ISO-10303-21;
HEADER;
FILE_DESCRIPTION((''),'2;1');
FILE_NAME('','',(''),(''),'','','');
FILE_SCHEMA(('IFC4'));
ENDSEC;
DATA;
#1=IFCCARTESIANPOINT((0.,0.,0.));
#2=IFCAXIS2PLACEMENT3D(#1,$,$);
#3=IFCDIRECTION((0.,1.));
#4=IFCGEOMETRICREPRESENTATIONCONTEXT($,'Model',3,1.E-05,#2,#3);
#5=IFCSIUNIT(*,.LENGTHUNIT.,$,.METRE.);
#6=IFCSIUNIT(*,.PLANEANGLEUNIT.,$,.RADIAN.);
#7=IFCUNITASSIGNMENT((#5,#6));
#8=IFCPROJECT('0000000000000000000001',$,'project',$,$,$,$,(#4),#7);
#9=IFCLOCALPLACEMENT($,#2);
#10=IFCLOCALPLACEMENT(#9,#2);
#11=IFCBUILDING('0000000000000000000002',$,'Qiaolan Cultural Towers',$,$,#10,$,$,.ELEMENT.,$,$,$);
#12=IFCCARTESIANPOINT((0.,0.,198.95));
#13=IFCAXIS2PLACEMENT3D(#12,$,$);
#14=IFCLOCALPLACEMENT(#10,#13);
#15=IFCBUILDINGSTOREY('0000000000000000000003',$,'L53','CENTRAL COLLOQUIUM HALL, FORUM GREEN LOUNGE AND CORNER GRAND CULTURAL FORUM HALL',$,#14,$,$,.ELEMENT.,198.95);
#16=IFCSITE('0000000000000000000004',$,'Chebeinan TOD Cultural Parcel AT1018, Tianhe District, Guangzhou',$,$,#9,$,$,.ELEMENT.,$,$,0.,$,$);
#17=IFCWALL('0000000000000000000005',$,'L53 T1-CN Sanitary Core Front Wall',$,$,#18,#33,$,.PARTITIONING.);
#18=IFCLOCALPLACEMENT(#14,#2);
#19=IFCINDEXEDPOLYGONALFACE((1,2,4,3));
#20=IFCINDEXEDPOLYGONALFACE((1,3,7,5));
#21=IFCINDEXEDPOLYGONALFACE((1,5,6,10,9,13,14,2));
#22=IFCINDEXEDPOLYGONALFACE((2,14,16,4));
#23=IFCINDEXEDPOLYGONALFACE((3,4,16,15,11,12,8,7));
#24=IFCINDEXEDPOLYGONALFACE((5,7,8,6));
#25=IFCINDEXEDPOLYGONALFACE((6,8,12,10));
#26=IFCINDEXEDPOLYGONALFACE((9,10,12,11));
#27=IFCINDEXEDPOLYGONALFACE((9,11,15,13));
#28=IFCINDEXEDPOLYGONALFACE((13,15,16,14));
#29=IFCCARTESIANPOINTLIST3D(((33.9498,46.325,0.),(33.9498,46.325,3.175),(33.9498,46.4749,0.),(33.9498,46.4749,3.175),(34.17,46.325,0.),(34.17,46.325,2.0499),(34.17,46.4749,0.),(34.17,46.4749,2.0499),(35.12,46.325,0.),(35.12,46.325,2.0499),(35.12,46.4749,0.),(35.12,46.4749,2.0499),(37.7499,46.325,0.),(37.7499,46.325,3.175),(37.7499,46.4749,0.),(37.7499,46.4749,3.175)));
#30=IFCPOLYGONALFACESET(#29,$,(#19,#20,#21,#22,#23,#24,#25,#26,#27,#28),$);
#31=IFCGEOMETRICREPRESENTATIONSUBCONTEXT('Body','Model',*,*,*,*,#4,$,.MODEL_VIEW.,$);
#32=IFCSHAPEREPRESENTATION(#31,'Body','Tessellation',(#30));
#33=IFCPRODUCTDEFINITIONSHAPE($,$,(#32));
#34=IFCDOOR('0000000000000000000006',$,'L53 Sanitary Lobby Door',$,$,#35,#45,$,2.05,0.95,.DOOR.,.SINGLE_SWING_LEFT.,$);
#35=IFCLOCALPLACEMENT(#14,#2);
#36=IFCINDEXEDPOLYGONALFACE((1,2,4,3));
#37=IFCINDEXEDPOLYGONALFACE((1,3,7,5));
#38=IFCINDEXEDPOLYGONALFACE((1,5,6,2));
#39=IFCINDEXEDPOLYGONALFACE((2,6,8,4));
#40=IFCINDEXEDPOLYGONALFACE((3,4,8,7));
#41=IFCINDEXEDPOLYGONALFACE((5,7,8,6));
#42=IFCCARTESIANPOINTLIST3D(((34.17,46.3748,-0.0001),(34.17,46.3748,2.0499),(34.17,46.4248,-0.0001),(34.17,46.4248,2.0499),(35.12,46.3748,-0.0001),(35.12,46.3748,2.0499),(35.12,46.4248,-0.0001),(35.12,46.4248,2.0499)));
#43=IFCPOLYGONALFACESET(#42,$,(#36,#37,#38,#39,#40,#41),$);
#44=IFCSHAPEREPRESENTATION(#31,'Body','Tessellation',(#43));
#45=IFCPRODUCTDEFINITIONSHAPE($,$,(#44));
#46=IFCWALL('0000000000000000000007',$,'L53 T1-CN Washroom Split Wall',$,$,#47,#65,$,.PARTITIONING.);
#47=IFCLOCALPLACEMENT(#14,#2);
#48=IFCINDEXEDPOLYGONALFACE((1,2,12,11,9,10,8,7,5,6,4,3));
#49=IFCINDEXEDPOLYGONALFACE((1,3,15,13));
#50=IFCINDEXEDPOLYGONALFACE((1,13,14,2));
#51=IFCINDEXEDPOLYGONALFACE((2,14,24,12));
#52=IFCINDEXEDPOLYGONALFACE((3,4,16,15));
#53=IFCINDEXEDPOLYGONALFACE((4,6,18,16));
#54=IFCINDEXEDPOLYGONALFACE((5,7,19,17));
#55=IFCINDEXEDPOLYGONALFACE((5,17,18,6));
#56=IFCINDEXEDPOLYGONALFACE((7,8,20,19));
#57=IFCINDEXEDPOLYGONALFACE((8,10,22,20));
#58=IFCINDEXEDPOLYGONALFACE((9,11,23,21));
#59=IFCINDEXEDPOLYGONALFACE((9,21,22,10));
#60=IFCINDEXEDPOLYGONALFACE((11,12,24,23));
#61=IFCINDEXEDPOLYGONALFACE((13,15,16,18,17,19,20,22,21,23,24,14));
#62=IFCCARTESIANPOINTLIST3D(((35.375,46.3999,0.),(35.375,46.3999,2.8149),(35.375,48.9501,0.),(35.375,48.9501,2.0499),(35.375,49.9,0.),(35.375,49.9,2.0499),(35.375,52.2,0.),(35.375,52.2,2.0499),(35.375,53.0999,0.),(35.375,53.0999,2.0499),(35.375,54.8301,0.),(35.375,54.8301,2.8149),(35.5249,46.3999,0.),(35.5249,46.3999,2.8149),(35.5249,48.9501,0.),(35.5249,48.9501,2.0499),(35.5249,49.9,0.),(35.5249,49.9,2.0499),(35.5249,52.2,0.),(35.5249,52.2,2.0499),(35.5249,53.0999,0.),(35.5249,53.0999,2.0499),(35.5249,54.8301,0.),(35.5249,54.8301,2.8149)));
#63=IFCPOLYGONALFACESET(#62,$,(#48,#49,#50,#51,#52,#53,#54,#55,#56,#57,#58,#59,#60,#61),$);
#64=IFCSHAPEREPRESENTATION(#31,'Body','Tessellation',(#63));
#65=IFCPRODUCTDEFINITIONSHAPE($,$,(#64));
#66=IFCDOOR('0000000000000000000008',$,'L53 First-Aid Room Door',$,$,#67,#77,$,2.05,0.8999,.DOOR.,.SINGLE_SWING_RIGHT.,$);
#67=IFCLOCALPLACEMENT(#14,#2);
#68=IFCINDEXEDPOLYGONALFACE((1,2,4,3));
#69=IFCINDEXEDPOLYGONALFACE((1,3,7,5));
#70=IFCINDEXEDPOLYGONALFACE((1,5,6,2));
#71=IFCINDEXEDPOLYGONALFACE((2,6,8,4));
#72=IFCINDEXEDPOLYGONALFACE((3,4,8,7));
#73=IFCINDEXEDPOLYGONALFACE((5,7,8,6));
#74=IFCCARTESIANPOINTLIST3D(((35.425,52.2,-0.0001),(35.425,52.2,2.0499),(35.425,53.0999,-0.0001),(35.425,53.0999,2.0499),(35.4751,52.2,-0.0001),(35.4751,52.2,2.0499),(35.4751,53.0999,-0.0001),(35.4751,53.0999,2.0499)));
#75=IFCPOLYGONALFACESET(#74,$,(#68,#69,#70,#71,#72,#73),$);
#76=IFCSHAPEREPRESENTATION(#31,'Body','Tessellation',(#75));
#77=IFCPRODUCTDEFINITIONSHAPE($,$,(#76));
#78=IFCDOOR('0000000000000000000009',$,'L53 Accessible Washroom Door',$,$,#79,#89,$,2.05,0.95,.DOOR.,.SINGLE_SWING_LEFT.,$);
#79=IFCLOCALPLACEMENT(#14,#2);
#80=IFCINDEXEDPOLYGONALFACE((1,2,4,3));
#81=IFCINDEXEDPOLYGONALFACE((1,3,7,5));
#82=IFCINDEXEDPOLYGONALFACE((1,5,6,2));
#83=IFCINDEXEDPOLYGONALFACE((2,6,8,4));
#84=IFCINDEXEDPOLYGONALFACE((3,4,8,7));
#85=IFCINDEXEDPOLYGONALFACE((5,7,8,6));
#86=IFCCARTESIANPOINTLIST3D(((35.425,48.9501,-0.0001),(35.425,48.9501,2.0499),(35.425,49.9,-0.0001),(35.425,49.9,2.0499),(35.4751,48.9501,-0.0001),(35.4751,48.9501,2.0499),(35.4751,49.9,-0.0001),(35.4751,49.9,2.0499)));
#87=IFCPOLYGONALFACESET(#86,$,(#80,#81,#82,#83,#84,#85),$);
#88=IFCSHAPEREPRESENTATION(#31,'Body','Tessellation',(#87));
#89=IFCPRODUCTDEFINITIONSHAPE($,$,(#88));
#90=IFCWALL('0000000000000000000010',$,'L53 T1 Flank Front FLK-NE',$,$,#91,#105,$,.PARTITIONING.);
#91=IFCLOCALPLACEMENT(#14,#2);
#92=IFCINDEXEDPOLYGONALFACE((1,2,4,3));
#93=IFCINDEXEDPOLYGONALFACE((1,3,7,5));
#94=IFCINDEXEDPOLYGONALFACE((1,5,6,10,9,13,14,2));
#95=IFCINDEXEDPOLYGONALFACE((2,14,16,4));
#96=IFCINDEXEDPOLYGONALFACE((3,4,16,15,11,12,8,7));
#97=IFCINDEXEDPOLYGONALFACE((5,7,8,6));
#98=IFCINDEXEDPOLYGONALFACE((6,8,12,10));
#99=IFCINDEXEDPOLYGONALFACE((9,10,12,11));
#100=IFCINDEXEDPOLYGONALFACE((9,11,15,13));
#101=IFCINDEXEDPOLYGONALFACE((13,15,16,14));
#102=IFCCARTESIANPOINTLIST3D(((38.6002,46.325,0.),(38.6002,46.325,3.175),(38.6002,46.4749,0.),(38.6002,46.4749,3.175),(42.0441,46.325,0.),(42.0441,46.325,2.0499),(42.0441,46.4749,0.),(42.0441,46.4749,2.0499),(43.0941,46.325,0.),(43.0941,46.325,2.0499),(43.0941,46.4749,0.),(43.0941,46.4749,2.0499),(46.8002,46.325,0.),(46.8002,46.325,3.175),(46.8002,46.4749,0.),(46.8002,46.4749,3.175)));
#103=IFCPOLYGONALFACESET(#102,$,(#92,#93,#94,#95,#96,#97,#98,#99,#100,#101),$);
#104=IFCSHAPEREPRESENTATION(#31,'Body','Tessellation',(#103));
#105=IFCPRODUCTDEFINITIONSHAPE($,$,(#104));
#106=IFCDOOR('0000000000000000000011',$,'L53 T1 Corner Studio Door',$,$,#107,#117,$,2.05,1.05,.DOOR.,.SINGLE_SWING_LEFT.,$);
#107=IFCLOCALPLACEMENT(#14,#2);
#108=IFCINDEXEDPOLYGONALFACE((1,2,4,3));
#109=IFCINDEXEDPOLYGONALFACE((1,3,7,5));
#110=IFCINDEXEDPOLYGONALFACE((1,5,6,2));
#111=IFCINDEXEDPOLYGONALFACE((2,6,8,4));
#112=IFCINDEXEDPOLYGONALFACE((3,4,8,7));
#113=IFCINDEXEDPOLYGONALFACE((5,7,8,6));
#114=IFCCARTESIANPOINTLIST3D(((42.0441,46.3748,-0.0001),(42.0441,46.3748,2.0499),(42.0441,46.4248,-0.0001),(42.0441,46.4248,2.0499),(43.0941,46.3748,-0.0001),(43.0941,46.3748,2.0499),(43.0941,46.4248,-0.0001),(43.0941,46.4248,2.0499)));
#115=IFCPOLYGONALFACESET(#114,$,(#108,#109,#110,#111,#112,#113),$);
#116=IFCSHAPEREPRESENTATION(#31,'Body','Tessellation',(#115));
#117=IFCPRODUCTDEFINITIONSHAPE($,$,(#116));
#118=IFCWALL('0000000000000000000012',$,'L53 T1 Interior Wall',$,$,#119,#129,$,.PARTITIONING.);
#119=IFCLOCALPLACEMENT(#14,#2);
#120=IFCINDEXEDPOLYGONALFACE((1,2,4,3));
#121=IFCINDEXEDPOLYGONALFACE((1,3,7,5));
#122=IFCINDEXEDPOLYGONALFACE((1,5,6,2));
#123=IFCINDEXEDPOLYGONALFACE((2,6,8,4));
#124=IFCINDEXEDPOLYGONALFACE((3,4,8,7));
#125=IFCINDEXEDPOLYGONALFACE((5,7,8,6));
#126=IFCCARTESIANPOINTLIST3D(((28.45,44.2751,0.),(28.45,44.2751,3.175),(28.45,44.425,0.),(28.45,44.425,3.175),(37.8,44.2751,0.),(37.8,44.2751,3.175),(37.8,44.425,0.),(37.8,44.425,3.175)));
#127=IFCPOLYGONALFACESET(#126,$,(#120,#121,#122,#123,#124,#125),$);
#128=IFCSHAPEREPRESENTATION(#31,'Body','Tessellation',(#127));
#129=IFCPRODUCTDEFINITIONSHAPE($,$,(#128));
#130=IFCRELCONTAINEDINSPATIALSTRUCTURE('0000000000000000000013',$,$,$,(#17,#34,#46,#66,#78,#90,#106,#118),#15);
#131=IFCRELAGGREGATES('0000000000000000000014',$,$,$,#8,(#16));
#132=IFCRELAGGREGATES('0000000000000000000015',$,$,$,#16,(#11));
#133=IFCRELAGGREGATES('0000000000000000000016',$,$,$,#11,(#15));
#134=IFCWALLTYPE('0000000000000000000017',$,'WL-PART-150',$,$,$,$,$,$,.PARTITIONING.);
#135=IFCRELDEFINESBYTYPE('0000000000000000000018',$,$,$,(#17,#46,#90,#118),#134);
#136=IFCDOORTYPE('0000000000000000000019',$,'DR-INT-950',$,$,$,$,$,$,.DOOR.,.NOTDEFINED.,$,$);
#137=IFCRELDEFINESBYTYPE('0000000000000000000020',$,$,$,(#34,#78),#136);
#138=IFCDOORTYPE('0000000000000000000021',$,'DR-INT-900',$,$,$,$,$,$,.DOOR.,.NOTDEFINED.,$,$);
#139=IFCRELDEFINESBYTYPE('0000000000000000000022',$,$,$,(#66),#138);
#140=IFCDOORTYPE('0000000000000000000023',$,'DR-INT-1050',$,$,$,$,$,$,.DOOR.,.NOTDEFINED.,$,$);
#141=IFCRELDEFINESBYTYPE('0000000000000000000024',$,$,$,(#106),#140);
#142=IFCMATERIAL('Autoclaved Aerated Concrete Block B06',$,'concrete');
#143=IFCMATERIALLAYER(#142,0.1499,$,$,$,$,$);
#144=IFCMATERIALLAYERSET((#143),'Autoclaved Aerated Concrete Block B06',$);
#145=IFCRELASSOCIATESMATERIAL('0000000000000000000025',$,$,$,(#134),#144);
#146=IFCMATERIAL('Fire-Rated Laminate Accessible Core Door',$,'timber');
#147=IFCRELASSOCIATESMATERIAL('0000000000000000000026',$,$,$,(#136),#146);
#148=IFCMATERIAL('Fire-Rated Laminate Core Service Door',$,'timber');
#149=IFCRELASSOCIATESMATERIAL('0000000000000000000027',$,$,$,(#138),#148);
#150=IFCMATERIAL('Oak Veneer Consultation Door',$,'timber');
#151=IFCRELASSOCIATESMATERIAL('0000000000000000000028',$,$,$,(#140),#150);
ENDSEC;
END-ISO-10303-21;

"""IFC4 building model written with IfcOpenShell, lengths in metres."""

from ifc_helpers import new_model, si_unit, direction, frame, frame_2d, origin, place, context, subcontext, project, spatial, rectangle, extrude, material, layer, layer_set, type_object, element, fill, save


model = new_model("IFC4")

# Units and contexts
model_context = context("Model", 3, precision=1e-05, world=origin(), true_north=direction((0.0, 1.0)))
body_context = subcontext(model_context, "Body", "Model", "MODEL_VIEW")
ifc_project = project(units=[si_unit("LENGTHUNIT", "METRE"), si_unit("PLANEANGLEUNIT", "RADIAN")], contexts=[model_context])

# Site, building, storey
site_placement = place(None, origin())
site = spatial("IfcSite", under=ifc_project, at=site_placement, Name="Chebeinan TOD Cultural Parcel AT1018, Tianhe District, Guangzhou", CompositionType="ELEMENT", RefElevation=0.0)
building_placement = place(site_placement, origin())
building = spatial("IfcBuilding", under=site, at=building_placement, Name="Qiaolan Cultural Towers", CompositionType="ELEMENT")
storey_placement = place(building_placement, frame((0.0, 0.0, 198.95)))
storey = spatial("IfcBuildingStorey", under=building, at=storey_placement, Name="L53", Description="CENTRAL COLLOQUIUM HALL, FORUM GREEN LOUNGE AND CORNER GRAND CULTURAL FORUM HALL", CompositionType="ELEMENT", Elevation=198.95)

# Wall, opening, door
ifc_material_1 = material(Name="Autoclaved Aerated Concrete Block B06", Category="concrete")
ifc_layer_1 = layer(ifc_material_1, 0.1499)
ifc_layer_set_1 = layer_set([ifc_layer_1], Name="Autoclaved Aerated Concrete Block B06")
wall_type_1 = type_object("IfcWallType", Name="WL-PART-150", PredefinedType="PARTITIONING", material=ifc_layer_set_1)
wall_1_placement = place(storey_placement, frame((33.95, 46.3999, 0.0), z_axis=(0.0, 0.0, 1.0), x_axis=(1.0, 0.0, 0.0)))
wall_1 = element("IfcWall", 1, at=wall_1_placement, inside=storey, type_object=wall_type_1, Name="L53 T1-CN Sanitary Core Front Wall", PredefinedType="PARTITIONING", context=body_context, shape_type="SweptSolid", body=[
    extrude(rectangle(XDim=3.8, YDim=0.1499, at=frame_2d((1.8999, 0.0))), origin(), (0.0, 0.0, 1.0), 3.175),
])
opening_1_placement = place(wall_1_placement, frame((0.22, 0.0, 0.0)))
opening_1 = element("IfcOpeningElement", 2, at=opening_1_placement, cuts=wall_1, PredefinedType="OPENING", context=body_context, shape_type="SweptSolid", body=[
    extrude(rectangle(XDim=0.95, YDim=2.05, at=frame_2d((0.4751, 1.0249))), frame((0.0, 0.085, 0.0), z_axis=(0.0, -1.0, 0.0), x_axis=(1.0, 0.0, 0.0)), (0.0, 0.0, 1.0), 0.1699),
])
ifc_material_2 = material(Name="Fire-Rated Laminate Accessible Core Door", Category="timber")
door_type_1 = type_object("IfcDoorType", Name="DR-INT-950", OperationType="NOTDEFINED", PredefinedType="DOOR", material=ifc_material_2)
door_1_placement = place(opening_1_placement, origin())
door_1 = element("IfcDoor", 3, at=door_1_placement, inside=storey, type_object=door_type_1, Name="L53 Sanitary Lobby Door", OperationType="SINGLE_SWING_LEFT", OverallHeight=2.05, OverallWidth=0.95, PredefinedType="DOOR", context=body_context, shape_type="SweptSolid", body=[
    extrude(rectangle(XDim=0.95, YDim=2.05, at=frame_2d((0.4751, 1.0249))), frame((0.0, 0.0249, 0.0), z_axis=(0.0, -1.0, 0.0), x_axis=(1.0, 0.0, 0.0)), (0.0, 0.0, 1.0), 0.05),
])
fill(opening_1, door_1)

# Wall, openings, doors
wall_2_placement = place(storey_placement, frame((35.45, 46.3999, 0.0), z_axis=(0.0, 0.0, 1.0), x_axis=(0.0, 1.0, 0.0)))
wall_2 = element("IfcWall", 4, at=wall_2_placement, inside=storey, type_object=wall_type_1, Name="L53 T1-CN Washroom Split Wall", PredefinedType="PARTITIONING", context=body_context, shape_type="SweptSolid", body=[
    extrude(rectangle(XDim=8.4302, YDim=0.1499, at=frame_2d((4.2151, 0.0))), origin(), (0.0, 0.0, 1.0), 2.8149),
])
opening_2_placement = place(wall_2_placement, frame((2.55, 0.0, 0.0)))
opening_2 = element("IfcOpeningElement", 5, at=opening_2_placement, cuts=wall_2, PredefinedType="OPENING", context=body_context, shape_type="SweptSolid", body=[
    extrude(rectangle(XDim=0.95, YDim=2.05, at=frame_2d((0.4751, 1.0249))), frame((0.0, 0.085, 0.0), z_axis=(0.0, -1.0, 0.0), x_axis=(1.0, 0.0, 0.0)), (0.0, 0.0, 1.0), 0.1699),
])
opening_3_placement = place(wall_2_placement, frame((5.8, 0.0, 0.0)))
opening_3 = element("IfcOpeningElement", 6, at=opening_3_placement, cuts=wall_2, PredefinedType="OPENING", context=body_context, shape_type="SweptSolid", body=[
    extrude(rectangle(XDim=0.8999, YDim=2.05, at=frame_2d((0.45, 1.0249))), frame((0.0, 0.085, 0.0), z_axis=(0.0, -1.0, 0.0), x_axis=(1.0, 0.0, 0.0)), (0.0, 0.0, 1.0), 0.1699),
])
ifc_material_3 = material(Name="Fire-Rated Laminate Core Service Door", Category="timber")
door_type_2 = type_object("IfcDoorType", Name="DR-INT-900", OperationType="NOTDEFINED", PredefinedType="DOOR", material=ifc_material_3)
door_2_placement = place(opening_3_placement, origin())
door_2 = element("IfcDoor", 7, at=door_2_placement, inside=storey, type_object=door_type_2, Name="L53 First-Aid Room Door", OperationType="SINGLE_SWING_RIGHT", OverallHeight=2.05, OverallWidth=0.8999, PredefinedType="DOOR", context=body_context, shape_type="SweptSolid", body=[
    extrude(rectangle(XDim=0.8999, YDim=2.05, at=frame_2d((0.45, 1.0249))), frame((0.0, 0.0249, 0.0), z_axis=(0.0, -1.0, 0.0), x_axis=(1.0, 0.0, 0.0)), (0.0, 0.0, 1.0), 0.05),
])
fill(opening_3, door_2)
door_3_placement = place(opening_2_placement, origin())
door_3 = element("IfcDoor", 8, at=door_3_placement, inside=storey, type_object=door_type_1, Name="L53 Accessible Washroom Door", OperationType="SINGLE_SWING_LEFT", OverallHeight=2.05, OverallWidth=0.95, PredefinedType="DOOR", context=body_context, shape_type="SweptSolid", body=[
    extrude(rectangle(XDim=0.95, YDim=2.05, at=frame_2d((0.4751, 1.0249))), frame((0.0, 0.0249, 0.0), z_axis=(0.0, -1.0, 0.0), x_axis=(1.0, 0.0, 0.0)), (0.0, 0.0, 1.0), 0.05),
])
fill(opening_2, door_3)

# Wall, opening, door
wall_3_placement = place(storey_placement, frame((38.6001, 46.3999, 0.0), z_axis=(0.0, 0.0, 1.0), x_axis=(1.0, 0.0, 0.0)))
wall_3 = element("IfcWall", 9, at=wall_3_placement, inside=storey, type_object=wall_type_1, Name="L53 T1 Flank Front FLK-NE", PredefinedType="PARTITIONING", context=body_context, shape_type="SweptSolid", body=[
    extrude(rectangle(XDim=8.2, YDim=0.1499, at=frame_2d((4.1001, 0.0))), origin(), (0.0, 0.0, 1.0), 3.175),
])
opening_4_placement = place(wall_3_placement, frame((3.4441, 0.0, 0.0)))
opening_4 = element("IfcOpeningElement", 10, at=opening_4_placement, cuts=wall_3, PredefinedType="OPENING", context=body_context, shape_type="SweptSolid", body=[
    extrude(rectangle(XDim=1.05, YDim=2.05, at=frame_2d((0.5249, 1.0249))), frame((0.0, 0.085, 0.0), z_axis=(0.0, -1.0, 0.0), x_axis=(1.0, 0.0, 0.0)), (0.0, 0.0, 1.0), 0.1699),
])
ifc_material_4 = material(Name="Oak Veneer Consultation Door", Category="timber")
door_type_3 = type_object("IfcDoorType", Name="DR-INT-1050", OperationType="NOTDEFINED", PredefinedType="DOOR", material=ifc_material_4)
door_4_placement = place(opening_4_placement, origin())
door_4 = element("IfcDoor", 11, at=door_4_placement, inside=storey, type_object=door_type_3, Name="L53 T1 Corner Studio Door", OperationType="SINGLE_SWING_LEFT", OverallHeight=2.05, OverallWidth=1.05, PredefinedType="DOOR", context=body_context, shape_type="SweptSolid", body=[
    extrude(rectangle(XDim=1.05, YDim=2.05, at=frame_2d((0.5249, 1.0249))), frame((0.0, 0.0249, 0.0), z_axis=(0.0, -1.0, 0.0), x_axis=(1.0, 0.0, 0.0)), (0.0, 0.0, 1.0), 0.05),
])
fill(opening_4, door_4)

# Wall
wall_4_placement = place(storey_placement, frame((28.45, 44.3501, 0.0), z_axis=(0.0, 0.0, 1.0), x_axis=(1.0, 0.0, 0.0)))
element("IfcWall", 12, at=wall_4_placement, inside=storey, type_object=wall_type_1, Name="L53 T1 Interior Wall", PredefinedType="PARTITIONING", context=body_context, shape_type="SweptSolid", body=[
    extrude(rectangle(XDim=9.3501, YDim=0.1499, at=frame_2d((4.675, 0.0))), origin(), (0.0, 0.0, 1.0), 3.175),
])

save(model, "model.ifc")
